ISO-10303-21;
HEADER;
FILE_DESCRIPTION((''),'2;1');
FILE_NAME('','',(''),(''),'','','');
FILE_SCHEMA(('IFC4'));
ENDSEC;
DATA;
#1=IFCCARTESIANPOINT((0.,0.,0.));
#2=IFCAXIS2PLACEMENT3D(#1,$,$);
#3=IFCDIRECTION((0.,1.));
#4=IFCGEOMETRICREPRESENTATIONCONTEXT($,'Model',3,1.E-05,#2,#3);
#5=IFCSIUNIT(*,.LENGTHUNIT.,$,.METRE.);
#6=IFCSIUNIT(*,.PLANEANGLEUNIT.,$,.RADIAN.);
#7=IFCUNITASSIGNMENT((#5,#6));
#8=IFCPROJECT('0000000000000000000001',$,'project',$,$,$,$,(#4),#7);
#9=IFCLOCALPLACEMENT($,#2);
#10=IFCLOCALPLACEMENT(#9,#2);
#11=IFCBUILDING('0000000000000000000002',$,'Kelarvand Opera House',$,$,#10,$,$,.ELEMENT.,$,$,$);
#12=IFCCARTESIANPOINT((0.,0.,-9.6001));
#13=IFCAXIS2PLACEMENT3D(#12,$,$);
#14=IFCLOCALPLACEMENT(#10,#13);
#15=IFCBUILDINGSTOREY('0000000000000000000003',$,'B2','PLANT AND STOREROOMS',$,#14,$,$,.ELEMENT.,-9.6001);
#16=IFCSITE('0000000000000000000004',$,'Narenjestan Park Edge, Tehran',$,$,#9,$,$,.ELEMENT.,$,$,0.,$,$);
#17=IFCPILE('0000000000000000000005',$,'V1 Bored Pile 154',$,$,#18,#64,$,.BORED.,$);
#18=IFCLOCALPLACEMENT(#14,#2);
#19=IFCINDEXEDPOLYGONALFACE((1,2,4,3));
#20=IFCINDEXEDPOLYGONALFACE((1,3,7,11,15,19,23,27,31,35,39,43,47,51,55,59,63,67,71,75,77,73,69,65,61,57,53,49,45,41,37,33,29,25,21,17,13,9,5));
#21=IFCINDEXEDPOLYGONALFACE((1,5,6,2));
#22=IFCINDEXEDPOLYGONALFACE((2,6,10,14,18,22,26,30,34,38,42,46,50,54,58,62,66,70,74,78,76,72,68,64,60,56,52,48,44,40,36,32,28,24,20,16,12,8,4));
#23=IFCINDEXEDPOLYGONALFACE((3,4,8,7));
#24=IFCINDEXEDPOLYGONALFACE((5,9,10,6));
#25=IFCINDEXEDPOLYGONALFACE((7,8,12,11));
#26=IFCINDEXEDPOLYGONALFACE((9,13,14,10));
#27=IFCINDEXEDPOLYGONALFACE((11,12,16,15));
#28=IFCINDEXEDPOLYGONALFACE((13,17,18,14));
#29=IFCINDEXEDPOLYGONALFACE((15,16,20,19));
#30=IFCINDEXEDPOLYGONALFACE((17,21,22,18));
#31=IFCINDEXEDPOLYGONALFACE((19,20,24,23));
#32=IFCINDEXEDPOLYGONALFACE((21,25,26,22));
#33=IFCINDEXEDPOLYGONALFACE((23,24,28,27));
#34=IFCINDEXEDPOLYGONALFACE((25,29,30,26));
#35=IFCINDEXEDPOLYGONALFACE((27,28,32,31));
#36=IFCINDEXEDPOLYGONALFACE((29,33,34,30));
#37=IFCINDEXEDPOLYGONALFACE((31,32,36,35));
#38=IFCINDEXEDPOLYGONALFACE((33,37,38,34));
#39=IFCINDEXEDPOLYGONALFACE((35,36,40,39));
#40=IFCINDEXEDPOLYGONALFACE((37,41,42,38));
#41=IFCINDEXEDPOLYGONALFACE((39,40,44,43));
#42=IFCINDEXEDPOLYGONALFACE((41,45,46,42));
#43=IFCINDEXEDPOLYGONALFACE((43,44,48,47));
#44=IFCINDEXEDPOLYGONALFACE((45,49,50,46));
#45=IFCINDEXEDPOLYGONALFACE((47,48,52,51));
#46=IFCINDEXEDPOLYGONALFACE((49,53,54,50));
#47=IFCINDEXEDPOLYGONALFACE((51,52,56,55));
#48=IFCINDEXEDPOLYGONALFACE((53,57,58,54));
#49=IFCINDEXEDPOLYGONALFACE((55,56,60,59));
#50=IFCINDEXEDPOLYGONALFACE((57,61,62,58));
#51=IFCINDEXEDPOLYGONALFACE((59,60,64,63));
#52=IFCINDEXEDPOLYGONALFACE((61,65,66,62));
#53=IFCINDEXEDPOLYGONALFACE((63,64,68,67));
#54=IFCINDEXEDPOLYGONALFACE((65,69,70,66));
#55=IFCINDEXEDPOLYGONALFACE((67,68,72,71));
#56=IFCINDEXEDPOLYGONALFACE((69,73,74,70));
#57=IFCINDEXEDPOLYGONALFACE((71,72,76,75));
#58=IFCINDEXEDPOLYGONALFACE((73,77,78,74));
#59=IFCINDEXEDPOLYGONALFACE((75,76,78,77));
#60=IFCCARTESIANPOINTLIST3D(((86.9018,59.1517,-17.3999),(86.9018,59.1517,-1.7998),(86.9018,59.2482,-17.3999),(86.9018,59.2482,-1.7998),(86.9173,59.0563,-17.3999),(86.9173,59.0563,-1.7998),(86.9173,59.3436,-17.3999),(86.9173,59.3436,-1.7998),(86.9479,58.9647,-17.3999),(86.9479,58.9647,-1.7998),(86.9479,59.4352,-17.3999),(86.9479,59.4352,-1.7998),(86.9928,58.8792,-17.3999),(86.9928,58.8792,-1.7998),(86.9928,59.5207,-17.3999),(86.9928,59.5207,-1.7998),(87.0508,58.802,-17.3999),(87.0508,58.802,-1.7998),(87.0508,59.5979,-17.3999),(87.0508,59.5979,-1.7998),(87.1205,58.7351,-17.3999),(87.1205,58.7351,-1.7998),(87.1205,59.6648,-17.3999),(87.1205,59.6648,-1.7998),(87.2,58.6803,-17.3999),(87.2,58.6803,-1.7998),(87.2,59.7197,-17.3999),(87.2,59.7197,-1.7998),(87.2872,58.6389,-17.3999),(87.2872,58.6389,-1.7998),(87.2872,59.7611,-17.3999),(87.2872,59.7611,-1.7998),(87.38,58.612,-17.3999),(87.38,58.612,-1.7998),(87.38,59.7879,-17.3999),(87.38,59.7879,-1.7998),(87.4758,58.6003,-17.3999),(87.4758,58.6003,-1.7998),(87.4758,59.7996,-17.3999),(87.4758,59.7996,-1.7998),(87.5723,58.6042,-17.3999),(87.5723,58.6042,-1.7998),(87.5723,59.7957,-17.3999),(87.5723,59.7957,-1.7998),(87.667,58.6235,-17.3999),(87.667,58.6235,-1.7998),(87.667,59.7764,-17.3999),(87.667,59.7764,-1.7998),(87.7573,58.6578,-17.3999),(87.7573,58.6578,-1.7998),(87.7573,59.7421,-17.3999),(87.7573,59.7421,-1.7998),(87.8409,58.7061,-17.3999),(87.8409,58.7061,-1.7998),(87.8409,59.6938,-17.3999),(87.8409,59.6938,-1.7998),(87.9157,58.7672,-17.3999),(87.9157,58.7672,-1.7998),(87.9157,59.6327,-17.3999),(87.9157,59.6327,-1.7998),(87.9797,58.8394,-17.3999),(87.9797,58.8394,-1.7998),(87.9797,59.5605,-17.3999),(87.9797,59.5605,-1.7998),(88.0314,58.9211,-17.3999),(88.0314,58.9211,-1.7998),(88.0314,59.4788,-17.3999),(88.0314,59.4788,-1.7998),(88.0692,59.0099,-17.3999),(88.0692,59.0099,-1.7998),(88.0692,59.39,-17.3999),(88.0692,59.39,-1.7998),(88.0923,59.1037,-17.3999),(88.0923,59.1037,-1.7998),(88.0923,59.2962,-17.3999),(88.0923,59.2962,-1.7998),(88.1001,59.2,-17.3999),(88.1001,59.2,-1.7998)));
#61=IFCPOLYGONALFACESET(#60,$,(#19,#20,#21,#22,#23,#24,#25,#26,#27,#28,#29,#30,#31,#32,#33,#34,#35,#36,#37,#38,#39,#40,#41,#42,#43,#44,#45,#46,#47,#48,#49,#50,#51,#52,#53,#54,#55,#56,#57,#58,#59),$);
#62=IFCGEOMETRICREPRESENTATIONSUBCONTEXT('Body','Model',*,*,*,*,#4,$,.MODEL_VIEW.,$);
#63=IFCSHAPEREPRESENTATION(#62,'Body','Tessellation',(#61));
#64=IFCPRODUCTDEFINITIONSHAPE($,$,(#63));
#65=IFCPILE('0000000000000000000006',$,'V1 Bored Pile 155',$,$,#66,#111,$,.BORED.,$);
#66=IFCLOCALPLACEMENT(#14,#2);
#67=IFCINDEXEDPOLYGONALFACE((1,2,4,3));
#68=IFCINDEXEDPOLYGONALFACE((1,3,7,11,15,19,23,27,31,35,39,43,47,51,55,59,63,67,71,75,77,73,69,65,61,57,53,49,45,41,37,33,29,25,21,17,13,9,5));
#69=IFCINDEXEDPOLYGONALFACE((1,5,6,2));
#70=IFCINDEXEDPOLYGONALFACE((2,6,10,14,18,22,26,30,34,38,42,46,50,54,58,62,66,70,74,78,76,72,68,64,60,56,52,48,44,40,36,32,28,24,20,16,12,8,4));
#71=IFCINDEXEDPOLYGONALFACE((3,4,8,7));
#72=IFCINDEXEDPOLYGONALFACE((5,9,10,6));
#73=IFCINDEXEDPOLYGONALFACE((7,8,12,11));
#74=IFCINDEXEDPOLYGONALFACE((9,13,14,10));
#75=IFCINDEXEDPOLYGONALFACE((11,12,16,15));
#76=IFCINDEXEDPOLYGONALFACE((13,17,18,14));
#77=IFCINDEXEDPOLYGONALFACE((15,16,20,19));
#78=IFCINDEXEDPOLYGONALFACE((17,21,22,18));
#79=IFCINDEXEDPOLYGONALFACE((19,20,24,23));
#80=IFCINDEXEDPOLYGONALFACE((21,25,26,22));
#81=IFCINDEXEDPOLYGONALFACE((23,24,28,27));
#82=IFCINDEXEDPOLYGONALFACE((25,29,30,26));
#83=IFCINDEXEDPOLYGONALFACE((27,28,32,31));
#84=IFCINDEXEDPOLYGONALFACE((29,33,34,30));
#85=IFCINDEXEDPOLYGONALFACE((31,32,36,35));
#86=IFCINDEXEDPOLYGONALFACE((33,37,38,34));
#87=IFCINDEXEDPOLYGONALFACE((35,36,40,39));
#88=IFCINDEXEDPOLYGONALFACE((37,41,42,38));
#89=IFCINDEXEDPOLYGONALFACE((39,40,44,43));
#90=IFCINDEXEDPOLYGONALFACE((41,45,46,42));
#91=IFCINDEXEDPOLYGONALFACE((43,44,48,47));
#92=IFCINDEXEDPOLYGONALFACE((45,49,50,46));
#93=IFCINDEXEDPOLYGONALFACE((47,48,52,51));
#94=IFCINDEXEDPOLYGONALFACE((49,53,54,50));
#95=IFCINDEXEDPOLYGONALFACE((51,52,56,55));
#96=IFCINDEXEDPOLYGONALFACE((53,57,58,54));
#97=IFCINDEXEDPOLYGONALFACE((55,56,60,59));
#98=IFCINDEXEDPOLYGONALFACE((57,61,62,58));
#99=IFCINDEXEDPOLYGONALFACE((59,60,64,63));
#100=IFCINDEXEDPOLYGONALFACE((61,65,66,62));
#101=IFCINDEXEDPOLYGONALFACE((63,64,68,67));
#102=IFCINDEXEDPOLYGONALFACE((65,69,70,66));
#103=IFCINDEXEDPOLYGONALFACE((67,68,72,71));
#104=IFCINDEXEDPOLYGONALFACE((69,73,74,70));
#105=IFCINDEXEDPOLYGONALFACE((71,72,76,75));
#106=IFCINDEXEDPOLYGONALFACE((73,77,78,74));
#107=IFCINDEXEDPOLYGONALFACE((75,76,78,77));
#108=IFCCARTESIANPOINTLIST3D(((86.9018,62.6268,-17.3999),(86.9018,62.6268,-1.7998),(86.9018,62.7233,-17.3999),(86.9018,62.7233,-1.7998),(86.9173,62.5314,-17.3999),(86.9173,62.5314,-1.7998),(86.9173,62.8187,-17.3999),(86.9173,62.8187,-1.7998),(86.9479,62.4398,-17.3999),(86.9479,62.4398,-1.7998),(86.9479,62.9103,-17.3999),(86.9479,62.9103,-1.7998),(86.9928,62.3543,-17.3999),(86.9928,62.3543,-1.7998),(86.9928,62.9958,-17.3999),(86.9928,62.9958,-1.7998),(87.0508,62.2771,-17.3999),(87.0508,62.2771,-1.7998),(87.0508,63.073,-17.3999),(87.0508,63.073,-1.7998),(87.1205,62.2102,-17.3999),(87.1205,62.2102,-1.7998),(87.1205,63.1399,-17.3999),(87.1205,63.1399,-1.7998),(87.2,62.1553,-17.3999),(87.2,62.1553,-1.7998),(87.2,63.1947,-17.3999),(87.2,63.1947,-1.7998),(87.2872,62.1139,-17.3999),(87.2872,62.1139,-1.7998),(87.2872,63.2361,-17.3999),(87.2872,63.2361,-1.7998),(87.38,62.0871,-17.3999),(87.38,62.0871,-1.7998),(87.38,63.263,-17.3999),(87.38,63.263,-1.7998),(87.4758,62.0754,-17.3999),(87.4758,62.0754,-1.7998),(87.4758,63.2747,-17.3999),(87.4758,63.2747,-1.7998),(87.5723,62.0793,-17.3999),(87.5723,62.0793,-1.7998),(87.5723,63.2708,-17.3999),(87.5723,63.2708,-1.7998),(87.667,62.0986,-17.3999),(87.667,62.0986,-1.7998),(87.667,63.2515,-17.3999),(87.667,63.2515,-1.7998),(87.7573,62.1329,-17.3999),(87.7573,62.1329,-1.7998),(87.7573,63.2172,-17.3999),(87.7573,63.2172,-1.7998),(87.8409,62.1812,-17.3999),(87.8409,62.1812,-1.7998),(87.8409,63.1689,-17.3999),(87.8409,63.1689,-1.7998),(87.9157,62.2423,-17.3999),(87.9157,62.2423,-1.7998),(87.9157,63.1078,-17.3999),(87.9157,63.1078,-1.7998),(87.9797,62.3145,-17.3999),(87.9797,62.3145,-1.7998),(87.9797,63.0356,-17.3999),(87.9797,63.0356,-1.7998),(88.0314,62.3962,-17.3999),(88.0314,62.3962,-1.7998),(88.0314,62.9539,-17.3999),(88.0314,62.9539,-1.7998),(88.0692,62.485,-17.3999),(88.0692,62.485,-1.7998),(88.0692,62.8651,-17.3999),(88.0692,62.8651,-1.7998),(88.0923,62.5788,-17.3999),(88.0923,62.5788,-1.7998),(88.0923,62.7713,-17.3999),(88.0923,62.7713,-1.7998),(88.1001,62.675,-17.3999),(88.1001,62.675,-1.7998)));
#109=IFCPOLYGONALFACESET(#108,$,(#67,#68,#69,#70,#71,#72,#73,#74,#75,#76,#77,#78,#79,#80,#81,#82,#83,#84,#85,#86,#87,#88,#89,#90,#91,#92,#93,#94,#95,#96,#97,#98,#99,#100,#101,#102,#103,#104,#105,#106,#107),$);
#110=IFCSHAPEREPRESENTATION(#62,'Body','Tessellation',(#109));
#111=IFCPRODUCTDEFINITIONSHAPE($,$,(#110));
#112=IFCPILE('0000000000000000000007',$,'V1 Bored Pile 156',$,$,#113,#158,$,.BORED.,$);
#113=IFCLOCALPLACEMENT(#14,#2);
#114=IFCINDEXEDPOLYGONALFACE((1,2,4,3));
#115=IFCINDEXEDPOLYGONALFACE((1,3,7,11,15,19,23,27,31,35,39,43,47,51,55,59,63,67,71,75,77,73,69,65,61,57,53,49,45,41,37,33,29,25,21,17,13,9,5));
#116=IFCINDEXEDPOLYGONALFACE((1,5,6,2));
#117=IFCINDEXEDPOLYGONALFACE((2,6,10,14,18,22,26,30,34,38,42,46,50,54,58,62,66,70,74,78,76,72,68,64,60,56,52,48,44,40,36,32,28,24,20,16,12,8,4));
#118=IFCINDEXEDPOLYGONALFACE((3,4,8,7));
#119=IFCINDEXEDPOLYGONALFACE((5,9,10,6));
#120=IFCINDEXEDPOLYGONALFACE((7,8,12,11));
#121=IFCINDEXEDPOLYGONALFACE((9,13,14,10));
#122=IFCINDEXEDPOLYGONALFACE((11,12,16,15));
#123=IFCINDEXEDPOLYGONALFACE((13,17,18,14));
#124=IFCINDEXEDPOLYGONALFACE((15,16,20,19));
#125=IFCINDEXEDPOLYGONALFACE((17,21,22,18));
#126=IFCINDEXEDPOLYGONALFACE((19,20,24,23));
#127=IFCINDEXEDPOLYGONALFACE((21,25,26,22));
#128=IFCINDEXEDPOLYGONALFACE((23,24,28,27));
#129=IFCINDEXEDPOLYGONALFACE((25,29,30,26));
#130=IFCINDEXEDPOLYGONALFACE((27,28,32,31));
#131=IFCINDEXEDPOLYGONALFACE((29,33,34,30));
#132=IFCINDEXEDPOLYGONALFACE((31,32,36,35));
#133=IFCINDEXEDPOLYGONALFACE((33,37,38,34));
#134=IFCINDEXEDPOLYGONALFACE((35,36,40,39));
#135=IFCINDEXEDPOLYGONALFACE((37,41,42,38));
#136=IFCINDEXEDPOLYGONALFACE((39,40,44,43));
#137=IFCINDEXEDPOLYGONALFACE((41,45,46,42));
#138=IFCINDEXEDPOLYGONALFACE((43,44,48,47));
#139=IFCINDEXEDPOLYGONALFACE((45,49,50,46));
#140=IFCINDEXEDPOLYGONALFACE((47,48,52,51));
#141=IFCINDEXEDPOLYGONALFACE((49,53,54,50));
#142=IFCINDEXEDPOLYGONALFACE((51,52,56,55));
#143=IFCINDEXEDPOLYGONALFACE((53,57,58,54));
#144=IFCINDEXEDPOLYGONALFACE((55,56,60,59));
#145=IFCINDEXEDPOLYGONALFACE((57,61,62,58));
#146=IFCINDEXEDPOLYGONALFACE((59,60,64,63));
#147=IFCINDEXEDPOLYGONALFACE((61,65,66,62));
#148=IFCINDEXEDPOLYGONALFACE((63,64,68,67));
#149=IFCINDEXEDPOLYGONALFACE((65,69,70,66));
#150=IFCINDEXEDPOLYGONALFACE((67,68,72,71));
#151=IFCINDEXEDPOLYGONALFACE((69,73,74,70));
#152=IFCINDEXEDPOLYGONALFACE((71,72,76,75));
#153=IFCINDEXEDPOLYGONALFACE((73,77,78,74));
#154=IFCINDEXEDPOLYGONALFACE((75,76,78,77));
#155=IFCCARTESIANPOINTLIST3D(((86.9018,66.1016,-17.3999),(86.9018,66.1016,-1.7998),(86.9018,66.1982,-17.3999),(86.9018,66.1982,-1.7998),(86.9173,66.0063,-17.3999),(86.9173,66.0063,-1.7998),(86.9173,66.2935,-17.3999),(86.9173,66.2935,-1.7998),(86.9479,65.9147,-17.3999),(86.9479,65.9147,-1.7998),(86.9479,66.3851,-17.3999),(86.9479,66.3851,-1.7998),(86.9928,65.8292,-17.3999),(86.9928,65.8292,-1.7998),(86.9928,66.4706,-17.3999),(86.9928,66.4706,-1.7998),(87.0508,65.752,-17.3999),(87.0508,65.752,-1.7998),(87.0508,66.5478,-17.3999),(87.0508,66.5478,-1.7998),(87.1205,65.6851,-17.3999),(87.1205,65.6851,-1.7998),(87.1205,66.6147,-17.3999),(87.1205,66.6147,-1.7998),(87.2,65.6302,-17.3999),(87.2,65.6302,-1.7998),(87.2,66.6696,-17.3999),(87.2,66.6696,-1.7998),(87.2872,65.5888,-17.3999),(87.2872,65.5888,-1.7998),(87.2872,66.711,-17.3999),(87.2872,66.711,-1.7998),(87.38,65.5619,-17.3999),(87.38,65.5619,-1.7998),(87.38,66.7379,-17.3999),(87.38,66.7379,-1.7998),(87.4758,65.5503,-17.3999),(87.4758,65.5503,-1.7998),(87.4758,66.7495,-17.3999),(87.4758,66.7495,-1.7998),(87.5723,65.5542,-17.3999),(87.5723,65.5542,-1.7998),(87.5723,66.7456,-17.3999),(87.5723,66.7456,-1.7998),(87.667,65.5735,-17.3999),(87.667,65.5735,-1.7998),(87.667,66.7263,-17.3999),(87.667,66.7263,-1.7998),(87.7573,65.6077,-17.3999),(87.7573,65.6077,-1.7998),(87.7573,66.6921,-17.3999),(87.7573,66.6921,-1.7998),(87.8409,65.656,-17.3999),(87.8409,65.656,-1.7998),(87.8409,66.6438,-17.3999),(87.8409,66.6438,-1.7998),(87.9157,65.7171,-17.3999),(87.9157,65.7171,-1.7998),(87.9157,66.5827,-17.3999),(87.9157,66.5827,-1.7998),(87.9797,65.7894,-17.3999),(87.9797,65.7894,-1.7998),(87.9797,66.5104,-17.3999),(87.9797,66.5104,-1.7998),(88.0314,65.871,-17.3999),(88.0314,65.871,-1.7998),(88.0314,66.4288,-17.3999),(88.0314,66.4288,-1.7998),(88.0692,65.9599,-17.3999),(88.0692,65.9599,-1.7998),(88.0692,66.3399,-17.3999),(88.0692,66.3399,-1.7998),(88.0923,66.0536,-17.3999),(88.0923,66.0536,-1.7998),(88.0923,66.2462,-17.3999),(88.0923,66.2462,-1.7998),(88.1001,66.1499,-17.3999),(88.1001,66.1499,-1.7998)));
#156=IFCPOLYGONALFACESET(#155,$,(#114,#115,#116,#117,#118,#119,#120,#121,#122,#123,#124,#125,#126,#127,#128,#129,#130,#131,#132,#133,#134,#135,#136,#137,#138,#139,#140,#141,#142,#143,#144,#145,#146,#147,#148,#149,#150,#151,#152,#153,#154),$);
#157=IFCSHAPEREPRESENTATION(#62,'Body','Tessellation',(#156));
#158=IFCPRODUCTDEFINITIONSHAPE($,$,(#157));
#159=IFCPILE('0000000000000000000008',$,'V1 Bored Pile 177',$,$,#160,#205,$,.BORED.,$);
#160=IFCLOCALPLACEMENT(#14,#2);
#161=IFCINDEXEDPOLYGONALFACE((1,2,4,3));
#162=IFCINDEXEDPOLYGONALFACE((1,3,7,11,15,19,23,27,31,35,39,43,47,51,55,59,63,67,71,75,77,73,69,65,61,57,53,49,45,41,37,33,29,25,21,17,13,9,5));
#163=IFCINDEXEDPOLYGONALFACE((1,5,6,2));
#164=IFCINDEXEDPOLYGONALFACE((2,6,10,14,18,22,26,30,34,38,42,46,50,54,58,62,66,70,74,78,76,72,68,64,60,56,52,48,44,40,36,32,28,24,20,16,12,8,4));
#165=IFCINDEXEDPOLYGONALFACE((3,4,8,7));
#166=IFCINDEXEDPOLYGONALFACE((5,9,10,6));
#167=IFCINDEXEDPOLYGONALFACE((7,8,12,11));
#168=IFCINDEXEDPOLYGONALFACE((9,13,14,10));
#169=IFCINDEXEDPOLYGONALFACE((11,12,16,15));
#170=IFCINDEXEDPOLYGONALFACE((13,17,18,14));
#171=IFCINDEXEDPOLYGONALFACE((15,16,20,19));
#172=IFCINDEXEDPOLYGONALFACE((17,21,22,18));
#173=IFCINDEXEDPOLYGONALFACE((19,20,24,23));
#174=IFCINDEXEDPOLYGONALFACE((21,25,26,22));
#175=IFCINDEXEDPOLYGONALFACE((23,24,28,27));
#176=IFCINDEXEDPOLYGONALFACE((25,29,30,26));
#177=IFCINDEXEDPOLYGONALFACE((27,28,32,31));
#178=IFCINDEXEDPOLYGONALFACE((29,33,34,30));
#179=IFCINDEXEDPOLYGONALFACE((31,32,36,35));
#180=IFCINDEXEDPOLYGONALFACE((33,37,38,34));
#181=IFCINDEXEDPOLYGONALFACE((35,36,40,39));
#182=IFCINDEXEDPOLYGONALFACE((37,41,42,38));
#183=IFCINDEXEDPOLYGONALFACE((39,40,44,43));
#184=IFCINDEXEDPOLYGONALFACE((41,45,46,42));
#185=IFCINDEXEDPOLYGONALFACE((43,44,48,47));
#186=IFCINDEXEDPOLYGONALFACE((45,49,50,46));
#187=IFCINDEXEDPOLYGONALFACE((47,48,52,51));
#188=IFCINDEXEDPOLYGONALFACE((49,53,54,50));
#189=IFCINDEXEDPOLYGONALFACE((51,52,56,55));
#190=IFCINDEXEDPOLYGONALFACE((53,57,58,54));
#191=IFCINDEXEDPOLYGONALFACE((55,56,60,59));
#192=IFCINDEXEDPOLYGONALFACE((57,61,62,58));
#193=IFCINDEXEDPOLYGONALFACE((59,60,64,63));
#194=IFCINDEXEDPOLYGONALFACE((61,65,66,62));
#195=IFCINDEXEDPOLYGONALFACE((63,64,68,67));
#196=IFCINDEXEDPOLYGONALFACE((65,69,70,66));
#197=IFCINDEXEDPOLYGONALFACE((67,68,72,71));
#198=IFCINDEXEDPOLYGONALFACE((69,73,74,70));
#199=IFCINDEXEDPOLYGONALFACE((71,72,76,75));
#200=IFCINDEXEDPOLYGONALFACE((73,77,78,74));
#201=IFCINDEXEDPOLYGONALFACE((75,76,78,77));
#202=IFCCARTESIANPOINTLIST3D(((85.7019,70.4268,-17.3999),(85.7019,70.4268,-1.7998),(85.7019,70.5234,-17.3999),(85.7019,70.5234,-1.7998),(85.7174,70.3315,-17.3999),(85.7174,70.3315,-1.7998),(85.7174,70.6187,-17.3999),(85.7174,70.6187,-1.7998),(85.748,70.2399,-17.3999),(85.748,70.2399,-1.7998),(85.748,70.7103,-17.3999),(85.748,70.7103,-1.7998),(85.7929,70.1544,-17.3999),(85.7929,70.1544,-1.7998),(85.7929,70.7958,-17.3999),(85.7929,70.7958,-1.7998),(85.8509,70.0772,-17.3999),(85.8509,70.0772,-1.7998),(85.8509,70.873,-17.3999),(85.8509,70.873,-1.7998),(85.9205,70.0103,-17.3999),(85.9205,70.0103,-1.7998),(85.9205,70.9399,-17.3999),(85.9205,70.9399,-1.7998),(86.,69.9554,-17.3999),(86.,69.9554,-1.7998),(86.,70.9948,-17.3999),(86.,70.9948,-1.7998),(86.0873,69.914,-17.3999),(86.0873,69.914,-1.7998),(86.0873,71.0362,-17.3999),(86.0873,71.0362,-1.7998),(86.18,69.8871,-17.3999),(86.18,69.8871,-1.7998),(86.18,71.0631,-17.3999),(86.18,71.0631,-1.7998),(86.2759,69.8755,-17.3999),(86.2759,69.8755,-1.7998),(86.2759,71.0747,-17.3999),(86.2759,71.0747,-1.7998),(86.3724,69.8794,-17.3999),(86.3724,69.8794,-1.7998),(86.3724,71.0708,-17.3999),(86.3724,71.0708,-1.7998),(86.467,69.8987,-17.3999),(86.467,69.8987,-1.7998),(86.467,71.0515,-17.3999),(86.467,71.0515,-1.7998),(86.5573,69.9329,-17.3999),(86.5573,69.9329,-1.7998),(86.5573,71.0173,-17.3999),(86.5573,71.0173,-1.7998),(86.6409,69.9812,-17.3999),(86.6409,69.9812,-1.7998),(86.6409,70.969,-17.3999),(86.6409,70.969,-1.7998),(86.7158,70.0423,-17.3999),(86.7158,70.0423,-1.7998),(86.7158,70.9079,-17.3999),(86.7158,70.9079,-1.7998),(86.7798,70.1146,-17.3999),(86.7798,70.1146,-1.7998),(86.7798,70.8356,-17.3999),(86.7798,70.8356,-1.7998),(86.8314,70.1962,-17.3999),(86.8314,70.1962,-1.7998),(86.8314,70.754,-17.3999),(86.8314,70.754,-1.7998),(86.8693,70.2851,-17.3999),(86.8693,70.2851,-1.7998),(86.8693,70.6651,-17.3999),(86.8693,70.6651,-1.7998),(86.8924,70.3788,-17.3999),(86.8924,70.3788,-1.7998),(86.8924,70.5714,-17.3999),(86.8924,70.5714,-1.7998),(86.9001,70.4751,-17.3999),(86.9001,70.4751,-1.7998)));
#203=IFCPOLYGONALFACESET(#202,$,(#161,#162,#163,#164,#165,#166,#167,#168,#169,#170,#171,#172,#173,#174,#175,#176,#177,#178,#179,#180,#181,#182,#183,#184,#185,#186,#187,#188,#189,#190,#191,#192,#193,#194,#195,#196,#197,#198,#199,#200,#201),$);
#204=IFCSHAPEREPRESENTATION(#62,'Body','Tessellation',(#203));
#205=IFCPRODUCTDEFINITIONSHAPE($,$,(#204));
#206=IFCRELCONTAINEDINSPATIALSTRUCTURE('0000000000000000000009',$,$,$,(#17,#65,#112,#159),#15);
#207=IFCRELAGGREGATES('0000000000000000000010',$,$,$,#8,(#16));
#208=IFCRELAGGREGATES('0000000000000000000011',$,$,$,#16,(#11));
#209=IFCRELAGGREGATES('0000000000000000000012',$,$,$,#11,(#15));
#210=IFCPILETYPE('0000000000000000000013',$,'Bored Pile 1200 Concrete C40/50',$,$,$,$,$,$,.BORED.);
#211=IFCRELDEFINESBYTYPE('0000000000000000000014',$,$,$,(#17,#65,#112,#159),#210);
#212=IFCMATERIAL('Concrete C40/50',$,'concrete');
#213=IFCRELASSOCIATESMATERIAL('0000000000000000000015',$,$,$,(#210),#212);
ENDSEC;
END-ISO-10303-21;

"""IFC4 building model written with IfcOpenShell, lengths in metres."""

from ifc_helpers import new_model, si_unit, direction, frame, origin, origin_2d, place, context, subcontext, project, spatial, circle, extrude, material, material_profile, profile_set, type_object, element, save


model = new_model("IFC4")

# Units and contexts
model_context = context("Model", 3, precision=1e-05, world=origin(), true_north=direction((0.0, 1.0)))
body_context = subcontext(model_context, "Body", "Model", "MODEL_VIEW")
ifc_project = project(units=[si_unit("LENGTHUNIT", "METRE"), si_unit("PLANEANGLEUNIT", "RADIAN")], contexts=[model_context])

# Site, building, storey
site_placement = place(None, origin())
site = spatial("IfcSite", under=ifc_project, at=site_placement, Name="Narenjestan Park Edge, Tehran", CompositionType="ELEMENT", RefElevation=0.0)
building_placement = place(site_placement, origin())
building = spatial("IfcBuilding", under=site, at=building_placement, Name="Kelarvand Opera House", CompositionType="ELEMENT")
storey_placement = place(building_placement, frame((0.0, 0.0, -9.6001)))
storey = spatial("IfcBuildingStorey", under=building, at=storey_placement, Name="B2", Description="PLANT AND STOREROOMS", CompositionType="ELEMENT", Elevation=-9.6001)

# Piles
ifc_material_1 = material(Name="Concrete C40/50", Category="concrete")
ifc_material_profile_1 = material_profile(ifc_material_1, circle(Radius=0.6001, at=origin_2d()), Name="BP 1200", Category="concrete")
ifc_profile_set_1 = profile_set([ifc_material_profile_1], Name="Concrete C40/50")
pile_type_1 = type_object("IfcPileType", Name="Bored Pile 1200 Concrete C40/50", PredefinedType="BORED", material=ifc_profile_set_1)
for number, where, z_axis, x_axis, name in (
    (1, (87.5, 59.2, -1.7998), (0.0, 0.0, -1.0), (1.0, 0.0, 0.0), "V1 Bored Pile 154"),
    (2, (87.5, 62.675, -1.7998), (0.0, 0.0, -1.0), (1.0, 0.0, 0.0), "V1 Bored Pile 155"),
    (3, (87.5, 66.1499, -1.7998), (0.0, 0.0, -1.0), (1.0, 0.0, 0.0), "V1 Bored Pile 156"),
    (4, (86.3, 70.4751, -1.7998), (0.0, 0.0, -1.0), (1.0, 0.0, 0.0), "V1 Bored Pile 177"),
):
    element("IfcPile", number, at=place(storey_placement, frame(where, z_axis=z_axis, x_axis=x_axis)), inside=storey, type_object=pile_type_1, Name=name, PredefinedType="BORED", context=body_context, shape_type="SweptSolid", body=[
        extrude(circle(Radius=0.6001, at=origin_2d()), origin(), (0.0, 0.0, 1.0), 15.6001),
    ])

save(model, "model.ifc")
